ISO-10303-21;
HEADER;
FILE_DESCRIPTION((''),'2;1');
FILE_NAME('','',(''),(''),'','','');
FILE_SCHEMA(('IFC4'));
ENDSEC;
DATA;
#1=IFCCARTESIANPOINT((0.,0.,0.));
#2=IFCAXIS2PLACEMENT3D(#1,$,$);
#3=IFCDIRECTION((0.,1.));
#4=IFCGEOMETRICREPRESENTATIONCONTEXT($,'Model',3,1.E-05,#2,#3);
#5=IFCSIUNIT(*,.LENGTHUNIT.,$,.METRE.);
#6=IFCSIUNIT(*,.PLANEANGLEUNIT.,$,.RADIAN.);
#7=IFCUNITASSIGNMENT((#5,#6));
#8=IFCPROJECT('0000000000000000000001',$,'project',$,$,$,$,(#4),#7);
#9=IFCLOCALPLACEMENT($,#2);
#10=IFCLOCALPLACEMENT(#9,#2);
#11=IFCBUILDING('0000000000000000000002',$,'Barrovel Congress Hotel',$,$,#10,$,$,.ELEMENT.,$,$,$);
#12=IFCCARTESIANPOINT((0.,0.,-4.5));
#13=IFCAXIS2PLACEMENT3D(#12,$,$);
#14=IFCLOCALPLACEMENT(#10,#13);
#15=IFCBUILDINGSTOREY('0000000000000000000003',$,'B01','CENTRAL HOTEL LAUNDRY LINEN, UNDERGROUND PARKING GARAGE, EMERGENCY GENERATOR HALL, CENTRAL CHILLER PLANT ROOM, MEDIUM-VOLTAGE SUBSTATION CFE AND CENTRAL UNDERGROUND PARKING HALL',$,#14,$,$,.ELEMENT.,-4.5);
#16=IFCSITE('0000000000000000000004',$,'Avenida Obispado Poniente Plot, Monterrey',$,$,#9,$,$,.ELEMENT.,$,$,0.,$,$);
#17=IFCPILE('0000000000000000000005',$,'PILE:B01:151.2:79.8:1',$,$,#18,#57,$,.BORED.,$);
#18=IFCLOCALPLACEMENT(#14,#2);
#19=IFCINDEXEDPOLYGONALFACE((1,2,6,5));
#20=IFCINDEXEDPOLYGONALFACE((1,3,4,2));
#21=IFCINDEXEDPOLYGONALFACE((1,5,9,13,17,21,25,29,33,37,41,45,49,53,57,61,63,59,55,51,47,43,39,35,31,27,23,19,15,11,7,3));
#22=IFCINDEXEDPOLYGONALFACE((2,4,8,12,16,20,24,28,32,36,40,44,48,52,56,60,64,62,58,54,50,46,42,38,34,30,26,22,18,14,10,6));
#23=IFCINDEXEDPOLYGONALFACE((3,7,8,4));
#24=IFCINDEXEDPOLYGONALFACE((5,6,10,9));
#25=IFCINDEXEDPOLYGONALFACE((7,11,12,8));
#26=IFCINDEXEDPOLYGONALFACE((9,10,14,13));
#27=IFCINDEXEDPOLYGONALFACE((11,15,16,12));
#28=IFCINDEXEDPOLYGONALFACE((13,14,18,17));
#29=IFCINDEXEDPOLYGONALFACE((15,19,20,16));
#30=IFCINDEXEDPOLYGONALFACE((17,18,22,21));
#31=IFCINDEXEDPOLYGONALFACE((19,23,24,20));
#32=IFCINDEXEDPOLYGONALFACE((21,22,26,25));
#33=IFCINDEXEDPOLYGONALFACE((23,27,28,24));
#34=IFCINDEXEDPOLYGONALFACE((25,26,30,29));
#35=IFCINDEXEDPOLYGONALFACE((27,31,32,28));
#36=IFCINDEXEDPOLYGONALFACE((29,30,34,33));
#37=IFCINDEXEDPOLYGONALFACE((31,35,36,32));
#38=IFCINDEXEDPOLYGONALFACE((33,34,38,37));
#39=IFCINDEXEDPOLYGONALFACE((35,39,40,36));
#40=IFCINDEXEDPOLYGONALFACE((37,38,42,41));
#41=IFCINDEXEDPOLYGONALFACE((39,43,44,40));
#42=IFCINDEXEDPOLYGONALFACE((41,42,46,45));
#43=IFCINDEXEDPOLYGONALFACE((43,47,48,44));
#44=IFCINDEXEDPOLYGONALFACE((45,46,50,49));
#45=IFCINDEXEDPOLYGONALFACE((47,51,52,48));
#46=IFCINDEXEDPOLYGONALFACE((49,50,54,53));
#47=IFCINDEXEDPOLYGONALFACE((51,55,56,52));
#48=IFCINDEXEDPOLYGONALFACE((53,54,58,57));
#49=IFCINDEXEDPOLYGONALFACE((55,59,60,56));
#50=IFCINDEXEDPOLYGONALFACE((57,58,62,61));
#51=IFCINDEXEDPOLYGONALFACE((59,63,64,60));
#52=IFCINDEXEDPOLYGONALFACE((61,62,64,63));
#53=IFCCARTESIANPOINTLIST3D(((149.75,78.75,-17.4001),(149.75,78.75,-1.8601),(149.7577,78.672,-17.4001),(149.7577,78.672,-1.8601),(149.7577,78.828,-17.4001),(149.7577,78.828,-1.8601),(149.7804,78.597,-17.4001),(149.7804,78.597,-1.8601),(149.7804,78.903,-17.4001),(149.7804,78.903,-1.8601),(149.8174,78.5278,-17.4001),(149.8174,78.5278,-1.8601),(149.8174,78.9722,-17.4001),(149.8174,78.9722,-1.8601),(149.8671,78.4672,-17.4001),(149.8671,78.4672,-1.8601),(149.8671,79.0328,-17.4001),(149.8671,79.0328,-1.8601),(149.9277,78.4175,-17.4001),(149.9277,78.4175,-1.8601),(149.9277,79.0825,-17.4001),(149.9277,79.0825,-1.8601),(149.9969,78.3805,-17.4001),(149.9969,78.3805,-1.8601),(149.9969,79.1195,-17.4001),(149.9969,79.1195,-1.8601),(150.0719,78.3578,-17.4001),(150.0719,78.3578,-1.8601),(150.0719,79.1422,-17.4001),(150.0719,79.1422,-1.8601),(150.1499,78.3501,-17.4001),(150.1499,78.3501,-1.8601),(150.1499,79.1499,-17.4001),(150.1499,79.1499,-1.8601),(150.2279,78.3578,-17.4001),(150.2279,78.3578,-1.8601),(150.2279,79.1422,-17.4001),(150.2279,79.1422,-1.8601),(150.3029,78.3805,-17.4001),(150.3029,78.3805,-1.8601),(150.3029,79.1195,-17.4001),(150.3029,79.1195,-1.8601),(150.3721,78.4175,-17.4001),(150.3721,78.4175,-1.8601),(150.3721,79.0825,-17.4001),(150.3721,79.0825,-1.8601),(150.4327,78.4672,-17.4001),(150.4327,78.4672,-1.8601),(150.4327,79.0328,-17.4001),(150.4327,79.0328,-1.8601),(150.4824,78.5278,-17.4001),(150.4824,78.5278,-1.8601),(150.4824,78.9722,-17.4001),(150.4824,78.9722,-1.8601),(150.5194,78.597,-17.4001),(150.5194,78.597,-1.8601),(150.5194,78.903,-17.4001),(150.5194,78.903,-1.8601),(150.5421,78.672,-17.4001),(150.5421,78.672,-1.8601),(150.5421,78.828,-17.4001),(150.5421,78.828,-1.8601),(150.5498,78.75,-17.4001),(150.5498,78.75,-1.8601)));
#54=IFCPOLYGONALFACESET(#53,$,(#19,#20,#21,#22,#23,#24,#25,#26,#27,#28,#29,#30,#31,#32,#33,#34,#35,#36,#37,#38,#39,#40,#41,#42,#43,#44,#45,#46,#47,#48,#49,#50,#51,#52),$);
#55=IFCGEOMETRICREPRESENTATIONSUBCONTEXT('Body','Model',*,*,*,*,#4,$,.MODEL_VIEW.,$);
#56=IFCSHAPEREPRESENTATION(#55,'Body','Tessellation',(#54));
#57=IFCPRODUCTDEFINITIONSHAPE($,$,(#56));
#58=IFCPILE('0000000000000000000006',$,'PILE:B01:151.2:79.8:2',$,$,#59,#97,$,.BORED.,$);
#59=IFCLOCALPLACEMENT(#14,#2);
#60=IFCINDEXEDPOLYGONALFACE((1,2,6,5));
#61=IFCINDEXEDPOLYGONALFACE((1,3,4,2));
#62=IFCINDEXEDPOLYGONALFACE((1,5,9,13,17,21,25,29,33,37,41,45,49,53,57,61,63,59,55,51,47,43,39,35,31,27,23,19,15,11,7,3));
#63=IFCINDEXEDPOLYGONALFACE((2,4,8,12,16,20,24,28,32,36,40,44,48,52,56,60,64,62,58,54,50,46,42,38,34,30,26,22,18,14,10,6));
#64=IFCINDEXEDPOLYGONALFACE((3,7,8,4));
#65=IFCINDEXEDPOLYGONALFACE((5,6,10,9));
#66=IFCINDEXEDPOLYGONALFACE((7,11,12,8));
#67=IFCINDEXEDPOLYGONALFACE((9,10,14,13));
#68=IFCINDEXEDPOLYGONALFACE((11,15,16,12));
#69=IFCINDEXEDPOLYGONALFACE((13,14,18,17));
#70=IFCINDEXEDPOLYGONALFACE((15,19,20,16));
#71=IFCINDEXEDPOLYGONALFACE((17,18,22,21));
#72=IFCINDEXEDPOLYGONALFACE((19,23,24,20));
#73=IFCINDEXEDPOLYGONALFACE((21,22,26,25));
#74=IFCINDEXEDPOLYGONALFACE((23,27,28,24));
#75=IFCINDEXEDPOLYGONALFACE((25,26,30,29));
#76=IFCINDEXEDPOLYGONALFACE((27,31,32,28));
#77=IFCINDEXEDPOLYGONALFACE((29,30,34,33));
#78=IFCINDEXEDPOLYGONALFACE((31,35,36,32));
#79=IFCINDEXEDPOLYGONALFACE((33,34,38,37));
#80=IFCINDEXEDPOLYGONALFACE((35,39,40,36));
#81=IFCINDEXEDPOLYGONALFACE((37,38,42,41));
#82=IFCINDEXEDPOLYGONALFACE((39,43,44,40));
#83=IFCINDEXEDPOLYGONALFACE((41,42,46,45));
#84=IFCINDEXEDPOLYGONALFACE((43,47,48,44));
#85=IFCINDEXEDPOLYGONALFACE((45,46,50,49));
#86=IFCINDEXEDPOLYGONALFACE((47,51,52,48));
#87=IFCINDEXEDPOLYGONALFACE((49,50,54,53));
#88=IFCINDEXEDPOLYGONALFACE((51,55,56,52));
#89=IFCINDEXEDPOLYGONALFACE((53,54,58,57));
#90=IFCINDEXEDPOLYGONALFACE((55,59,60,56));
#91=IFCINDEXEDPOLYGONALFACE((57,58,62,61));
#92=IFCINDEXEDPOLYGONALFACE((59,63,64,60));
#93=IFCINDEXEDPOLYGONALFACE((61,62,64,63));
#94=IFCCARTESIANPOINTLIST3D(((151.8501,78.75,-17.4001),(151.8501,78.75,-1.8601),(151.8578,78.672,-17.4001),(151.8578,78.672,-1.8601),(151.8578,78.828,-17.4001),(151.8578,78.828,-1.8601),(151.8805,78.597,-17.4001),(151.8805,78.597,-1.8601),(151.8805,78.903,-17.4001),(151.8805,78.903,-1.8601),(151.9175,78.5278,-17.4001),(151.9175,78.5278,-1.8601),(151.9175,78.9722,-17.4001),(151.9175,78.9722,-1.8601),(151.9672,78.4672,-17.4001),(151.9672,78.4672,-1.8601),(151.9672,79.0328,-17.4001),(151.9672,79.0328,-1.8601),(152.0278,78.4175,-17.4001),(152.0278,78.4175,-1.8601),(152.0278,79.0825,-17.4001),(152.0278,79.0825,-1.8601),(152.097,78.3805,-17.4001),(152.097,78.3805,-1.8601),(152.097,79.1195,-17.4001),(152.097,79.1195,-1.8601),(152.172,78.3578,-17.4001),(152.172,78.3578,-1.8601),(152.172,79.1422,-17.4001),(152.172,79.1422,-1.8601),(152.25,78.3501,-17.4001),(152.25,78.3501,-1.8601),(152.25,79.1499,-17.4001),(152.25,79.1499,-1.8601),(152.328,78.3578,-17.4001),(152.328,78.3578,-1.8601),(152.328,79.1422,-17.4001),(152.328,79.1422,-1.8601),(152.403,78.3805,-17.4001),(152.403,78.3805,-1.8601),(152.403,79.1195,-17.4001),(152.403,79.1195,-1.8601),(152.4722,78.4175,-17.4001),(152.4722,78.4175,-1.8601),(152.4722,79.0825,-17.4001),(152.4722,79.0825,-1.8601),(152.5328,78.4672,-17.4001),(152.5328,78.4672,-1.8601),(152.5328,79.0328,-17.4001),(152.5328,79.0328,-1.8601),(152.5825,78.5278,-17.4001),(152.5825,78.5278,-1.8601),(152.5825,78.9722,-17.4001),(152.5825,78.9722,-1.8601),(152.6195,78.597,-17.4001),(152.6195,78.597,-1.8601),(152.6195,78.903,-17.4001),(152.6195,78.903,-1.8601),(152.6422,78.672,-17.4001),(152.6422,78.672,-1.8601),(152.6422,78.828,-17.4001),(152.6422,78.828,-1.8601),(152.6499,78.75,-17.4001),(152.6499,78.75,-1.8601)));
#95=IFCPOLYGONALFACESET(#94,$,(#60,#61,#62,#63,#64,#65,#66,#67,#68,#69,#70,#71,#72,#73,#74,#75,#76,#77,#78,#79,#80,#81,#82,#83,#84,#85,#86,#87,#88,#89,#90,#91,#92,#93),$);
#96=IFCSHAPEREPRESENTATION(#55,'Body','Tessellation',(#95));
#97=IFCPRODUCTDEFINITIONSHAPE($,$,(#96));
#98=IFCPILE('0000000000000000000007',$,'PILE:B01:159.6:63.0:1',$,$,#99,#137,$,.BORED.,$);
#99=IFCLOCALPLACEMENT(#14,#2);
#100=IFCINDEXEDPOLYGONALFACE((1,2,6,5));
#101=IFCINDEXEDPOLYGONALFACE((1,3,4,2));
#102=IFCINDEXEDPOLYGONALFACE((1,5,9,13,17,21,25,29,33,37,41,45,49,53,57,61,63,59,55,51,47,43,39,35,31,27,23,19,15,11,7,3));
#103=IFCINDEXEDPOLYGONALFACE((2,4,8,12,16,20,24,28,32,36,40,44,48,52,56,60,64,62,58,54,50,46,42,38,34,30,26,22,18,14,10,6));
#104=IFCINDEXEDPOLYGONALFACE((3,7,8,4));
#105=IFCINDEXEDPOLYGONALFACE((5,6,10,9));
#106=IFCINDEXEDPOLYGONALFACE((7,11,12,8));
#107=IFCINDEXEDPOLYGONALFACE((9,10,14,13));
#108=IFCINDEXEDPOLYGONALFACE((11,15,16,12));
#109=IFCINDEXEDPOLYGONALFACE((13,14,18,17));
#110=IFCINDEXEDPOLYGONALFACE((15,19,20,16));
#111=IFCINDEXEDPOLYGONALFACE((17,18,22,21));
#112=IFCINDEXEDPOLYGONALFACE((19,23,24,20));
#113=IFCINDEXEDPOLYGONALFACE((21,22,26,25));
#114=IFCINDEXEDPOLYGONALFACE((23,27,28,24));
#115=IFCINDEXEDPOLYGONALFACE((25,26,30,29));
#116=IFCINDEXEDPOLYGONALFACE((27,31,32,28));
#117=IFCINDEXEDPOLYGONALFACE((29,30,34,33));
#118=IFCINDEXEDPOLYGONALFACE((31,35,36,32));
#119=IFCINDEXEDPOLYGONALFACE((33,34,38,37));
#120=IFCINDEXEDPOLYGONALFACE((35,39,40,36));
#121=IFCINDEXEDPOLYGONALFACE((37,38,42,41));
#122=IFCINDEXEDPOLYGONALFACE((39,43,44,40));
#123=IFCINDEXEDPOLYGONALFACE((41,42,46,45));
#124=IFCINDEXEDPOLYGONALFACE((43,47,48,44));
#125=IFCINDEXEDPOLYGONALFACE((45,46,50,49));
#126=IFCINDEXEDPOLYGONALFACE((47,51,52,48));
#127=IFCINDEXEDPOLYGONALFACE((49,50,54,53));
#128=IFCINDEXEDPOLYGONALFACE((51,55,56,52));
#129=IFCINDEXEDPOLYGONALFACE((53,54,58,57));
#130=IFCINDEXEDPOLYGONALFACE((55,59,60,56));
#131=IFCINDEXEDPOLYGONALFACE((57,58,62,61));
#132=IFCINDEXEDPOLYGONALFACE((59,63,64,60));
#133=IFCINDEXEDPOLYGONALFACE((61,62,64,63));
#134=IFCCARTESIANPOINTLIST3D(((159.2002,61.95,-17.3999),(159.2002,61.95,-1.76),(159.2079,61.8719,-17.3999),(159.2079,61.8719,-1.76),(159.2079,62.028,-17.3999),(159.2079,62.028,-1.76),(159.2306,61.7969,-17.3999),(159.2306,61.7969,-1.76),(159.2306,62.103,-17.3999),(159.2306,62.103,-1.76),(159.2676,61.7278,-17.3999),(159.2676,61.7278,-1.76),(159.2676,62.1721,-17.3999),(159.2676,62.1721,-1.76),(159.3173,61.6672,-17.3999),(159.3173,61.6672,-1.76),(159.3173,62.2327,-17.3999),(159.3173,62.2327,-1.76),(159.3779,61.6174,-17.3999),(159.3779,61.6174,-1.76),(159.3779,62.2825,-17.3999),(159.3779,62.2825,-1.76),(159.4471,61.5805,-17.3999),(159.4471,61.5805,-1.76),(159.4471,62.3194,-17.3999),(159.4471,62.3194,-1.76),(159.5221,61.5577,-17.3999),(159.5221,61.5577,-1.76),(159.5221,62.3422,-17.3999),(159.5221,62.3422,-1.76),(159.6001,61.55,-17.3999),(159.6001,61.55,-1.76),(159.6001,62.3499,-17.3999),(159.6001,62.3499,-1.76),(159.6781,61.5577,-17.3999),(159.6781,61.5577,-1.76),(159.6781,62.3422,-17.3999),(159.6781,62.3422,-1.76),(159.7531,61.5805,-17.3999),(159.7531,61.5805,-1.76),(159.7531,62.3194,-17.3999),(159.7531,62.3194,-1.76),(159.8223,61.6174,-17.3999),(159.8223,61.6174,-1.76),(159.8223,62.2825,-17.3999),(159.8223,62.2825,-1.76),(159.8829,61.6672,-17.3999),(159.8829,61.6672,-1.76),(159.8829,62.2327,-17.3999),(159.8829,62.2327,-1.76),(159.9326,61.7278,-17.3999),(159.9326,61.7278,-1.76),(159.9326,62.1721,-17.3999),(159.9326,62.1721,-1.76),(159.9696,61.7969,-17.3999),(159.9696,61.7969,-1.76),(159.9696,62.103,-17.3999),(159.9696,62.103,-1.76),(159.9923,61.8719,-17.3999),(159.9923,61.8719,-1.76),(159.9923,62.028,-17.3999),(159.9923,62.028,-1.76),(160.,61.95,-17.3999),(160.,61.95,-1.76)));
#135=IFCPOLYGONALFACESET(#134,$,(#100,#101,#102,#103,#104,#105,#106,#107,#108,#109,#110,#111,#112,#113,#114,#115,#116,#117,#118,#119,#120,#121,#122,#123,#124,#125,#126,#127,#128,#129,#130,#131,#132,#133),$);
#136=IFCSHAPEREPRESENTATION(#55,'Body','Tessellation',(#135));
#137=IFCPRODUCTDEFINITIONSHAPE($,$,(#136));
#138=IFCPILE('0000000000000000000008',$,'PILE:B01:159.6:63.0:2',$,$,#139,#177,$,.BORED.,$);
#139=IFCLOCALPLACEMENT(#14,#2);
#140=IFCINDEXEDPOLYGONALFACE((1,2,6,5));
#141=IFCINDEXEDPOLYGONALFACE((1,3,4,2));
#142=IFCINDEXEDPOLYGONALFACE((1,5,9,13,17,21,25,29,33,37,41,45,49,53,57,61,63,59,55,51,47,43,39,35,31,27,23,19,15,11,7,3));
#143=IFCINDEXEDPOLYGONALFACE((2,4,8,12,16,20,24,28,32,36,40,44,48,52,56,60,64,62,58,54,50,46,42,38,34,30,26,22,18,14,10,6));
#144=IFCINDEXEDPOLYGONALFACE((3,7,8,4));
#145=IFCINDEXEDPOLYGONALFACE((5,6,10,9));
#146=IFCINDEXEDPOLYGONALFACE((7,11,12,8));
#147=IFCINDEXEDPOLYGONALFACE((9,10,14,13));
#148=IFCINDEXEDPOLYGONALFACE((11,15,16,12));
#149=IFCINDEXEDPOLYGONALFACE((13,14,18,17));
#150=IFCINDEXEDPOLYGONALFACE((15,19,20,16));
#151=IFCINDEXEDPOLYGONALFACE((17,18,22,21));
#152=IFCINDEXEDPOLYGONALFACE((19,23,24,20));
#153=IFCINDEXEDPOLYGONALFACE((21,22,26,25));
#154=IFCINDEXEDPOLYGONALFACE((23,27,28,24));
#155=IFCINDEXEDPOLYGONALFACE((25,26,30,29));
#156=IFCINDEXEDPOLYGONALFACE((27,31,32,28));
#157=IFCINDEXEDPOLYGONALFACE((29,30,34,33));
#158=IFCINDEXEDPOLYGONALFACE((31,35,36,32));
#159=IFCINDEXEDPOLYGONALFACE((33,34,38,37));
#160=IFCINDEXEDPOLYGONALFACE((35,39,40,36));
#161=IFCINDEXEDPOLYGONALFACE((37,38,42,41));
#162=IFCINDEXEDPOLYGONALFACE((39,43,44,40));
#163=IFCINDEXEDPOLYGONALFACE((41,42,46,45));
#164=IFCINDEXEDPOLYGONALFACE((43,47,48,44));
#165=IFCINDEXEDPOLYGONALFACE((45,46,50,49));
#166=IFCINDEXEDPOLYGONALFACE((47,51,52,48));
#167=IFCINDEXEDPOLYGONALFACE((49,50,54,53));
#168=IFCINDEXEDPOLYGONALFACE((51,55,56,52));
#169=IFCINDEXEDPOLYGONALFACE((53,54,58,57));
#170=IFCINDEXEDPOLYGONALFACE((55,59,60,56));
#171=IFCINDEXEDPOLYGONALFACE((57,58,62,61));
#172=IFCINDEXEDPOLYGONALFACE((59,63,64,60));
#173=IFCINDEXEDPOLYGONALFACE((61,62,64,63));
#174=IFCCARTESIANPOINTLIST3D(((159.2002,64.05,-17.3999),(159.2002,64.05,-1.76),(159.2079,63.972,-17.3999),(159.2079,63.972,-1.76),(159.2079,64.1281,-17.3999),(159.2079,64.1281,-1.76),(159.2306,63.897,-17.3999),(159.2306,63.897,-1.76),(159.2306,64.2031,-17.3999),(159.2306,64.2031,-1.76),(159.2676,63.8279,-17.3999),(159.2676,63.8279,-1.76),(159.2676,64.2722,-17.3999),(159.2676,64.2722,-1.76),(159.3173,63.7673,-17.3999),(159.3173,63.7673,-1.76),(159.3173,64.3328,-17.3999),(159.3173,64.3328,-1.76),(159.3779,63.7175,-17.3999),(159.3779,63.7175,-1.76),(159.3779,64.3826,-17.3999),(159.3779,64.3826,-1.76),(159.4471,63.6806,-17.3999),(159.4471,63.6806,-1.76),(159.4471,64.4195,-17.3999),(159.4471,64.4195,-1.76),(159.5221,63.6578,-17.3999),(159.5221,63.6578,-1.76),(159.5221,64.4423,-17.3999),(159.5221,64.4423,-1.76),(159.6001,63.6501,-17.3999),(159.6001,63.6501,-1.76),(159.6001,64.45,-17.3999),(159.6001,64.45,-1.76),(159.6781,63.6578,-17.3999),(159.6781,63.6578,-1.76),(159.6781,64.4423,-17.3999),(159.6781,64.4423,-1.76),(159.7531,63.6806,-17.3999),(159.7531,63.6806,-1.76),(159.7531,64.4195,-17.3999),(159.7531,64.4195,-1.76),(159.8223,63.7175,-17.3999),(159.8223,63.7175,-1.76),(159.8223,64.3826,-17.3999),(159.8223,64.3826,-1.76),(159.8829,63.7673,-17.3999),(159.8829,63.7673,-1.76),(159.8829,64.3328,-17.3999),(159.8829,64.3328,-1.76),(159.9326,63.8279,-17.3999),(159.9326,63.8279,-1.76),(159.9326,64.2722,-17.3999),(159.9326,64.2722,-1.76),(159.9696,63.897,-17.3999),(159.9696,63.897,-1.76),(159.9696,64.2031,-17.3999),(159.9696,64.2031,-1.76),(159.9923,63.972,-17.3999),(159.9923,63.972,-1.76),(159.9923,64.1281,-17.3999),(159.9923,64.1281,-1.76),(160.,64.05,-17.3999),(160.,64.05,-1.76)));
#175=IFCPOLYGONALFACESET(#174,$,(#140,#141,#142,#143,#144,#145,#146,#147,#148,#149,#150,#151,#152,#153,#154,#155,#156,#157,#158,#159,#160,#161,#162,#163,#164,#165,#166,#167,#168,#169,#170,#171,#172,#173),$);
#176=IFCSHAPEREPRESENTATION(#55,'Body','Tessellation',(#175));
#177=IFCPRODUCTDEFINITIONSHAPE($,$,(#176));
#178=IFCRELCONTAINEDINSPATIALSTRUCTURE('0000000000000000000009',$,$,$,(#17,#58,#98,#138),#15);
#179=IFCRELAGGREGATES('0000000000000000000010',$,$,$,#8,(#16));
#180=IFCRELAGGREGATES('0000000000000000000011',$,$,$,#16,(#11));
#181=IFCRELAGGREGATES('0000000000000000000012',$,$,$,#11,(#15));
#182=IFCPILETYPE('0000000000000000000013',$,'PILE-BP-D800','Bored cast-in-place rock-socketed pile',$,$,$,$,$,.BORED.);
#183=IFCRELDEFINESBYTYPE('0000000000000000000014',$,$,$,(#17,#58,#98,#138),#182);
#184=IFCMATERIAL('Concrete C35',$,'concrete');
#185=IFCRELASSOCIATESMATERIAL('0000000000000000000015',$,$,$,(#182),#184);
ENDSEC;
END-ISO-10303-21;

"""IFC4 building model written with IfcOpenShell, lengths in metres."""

from ifc_helpers import new_model, si_unit, direction, frame, origin, origin_2d, place, context, subcontext, project, spatial, circle, extrude, material, material_profile, profile_set, type_object, element, save


model = new_model("IFC4")

# Units and contexts
model_context = context("Model", 3, precision=1e-05, world=origin(), true_north=direction((0.0, 1.0)))
body_context = subcontext(model_context, "Body", "Model", "MODEL_VIEW")
ifc_project = project(units=[si_unit("LENGTHUNIT", "METRE"), si_unit("PLANEANGLEUNIT", "RADIAN")], contexts=[model_context])

# Site, building, storey
site_placement = place(None, origin())
site = spatial("IfcSite", under=ifc_project, at=site_placement, Name="Avenida Obispado Poniente Plot, Monterrey", CompositionType="ELEMENT", RefElevation=0.0)
building_placement = place(site_placement, origin())
building = spatial("IfcBuilding", under=site, at=building_placement, Name="Barrovel Congress Hotel", CompositionType="ELEMENT")
storey_placement = place(building_placement, frame((0.0, 0.0, -4.5)))
storey = spatial("IfcBuildingStorey", under=building, at=storey_placement, Name="B01", Description="CENTRAL HOTEL LAUNDRY LINEN, UNDERGROUND PARKING GARAGE, EMERGENCY GENERATOR HALL, CENTRAL CHILLER PLANT ROOM, MEDIUM-VOLTAGE SUBSTATION CFE AND CENTRAL UNDERGROUND PARKING HALL", CompositionType="ELEMENT", Elevation=-4.5)

# Piles
ifc_material_1 = material(Name="Concrete C35", Category="concrete")
ifc_material_profile_1 = material_profile(ifc_material_1, circle(Radius=0.3999, at=origin_2d()), Name="BP-D800")
ifc_profile_set_1 = profile_set([ifc_material_profile_1], Name="Concrete C35")
pile_type_1 = type_object("IfcPileType", Name="PILE-BP-D800", Description="Bored cast-in-place rock-socketed pile", PredefinedType="BORED", material=ifc_profile_set_1)
for number, where, z_axis, x_axis, name in (
    (1, (150.1499, 78.75, -1.8601), (0.0, 0.0, -1.0), (1.0, 0.0, 0.0), "PILE:B01:151.2:79.8:1"),
    (2, (152.25, 78.75, -1.8601), (0.0, 0.0, -1.0), (1.0, 0.0, 0.0), "PILE:B01:151.2:79.8:2"),
):
    element("IfcPile", number, at=place(storey_placement, frame(where, z_axis=z_axis, x_axis=x_axis)), inside=storey, type_object=pile_type_1, Name=name, PredefinedType="BORED", context=body_context, shape_type="SweptSolid", body=[
        extrude(circle(Radius=0.3999, at=origin_2d()), origin(), (0.0, 0.0, 1.0), 15.54),
    ])
for number, where, z_axis, x_axis, name in (
    (3, (159.6001, 61.95, -1.76), (0.0, 0.0, -1.0), (1.0, 0.0, 0.0), "PILE:B01:159.6:63.0:1"),
    (4, (159.6001, 64.05, -1.76), (0.0, 0.0, -1.0), (1.0, 0.0, 0.0), "PILE:B01:159.6:63.0:2"),
):
    element("IfcPile", number, at=place(storey_placement, frame(where, z_axis=z_axis, x_axis=x_axis)), inside=storey, type_object=pile_type_1, Name=name, PredefinedType="BORED", context=body_context, shape_type="SweptSolid", body=[
        extrude(circle(Radius=0.3999, at=origin_2d()), origin(), (0.0, 0.0, 1.0), 15.6399),
    ])

save(model, "model.ifc")
